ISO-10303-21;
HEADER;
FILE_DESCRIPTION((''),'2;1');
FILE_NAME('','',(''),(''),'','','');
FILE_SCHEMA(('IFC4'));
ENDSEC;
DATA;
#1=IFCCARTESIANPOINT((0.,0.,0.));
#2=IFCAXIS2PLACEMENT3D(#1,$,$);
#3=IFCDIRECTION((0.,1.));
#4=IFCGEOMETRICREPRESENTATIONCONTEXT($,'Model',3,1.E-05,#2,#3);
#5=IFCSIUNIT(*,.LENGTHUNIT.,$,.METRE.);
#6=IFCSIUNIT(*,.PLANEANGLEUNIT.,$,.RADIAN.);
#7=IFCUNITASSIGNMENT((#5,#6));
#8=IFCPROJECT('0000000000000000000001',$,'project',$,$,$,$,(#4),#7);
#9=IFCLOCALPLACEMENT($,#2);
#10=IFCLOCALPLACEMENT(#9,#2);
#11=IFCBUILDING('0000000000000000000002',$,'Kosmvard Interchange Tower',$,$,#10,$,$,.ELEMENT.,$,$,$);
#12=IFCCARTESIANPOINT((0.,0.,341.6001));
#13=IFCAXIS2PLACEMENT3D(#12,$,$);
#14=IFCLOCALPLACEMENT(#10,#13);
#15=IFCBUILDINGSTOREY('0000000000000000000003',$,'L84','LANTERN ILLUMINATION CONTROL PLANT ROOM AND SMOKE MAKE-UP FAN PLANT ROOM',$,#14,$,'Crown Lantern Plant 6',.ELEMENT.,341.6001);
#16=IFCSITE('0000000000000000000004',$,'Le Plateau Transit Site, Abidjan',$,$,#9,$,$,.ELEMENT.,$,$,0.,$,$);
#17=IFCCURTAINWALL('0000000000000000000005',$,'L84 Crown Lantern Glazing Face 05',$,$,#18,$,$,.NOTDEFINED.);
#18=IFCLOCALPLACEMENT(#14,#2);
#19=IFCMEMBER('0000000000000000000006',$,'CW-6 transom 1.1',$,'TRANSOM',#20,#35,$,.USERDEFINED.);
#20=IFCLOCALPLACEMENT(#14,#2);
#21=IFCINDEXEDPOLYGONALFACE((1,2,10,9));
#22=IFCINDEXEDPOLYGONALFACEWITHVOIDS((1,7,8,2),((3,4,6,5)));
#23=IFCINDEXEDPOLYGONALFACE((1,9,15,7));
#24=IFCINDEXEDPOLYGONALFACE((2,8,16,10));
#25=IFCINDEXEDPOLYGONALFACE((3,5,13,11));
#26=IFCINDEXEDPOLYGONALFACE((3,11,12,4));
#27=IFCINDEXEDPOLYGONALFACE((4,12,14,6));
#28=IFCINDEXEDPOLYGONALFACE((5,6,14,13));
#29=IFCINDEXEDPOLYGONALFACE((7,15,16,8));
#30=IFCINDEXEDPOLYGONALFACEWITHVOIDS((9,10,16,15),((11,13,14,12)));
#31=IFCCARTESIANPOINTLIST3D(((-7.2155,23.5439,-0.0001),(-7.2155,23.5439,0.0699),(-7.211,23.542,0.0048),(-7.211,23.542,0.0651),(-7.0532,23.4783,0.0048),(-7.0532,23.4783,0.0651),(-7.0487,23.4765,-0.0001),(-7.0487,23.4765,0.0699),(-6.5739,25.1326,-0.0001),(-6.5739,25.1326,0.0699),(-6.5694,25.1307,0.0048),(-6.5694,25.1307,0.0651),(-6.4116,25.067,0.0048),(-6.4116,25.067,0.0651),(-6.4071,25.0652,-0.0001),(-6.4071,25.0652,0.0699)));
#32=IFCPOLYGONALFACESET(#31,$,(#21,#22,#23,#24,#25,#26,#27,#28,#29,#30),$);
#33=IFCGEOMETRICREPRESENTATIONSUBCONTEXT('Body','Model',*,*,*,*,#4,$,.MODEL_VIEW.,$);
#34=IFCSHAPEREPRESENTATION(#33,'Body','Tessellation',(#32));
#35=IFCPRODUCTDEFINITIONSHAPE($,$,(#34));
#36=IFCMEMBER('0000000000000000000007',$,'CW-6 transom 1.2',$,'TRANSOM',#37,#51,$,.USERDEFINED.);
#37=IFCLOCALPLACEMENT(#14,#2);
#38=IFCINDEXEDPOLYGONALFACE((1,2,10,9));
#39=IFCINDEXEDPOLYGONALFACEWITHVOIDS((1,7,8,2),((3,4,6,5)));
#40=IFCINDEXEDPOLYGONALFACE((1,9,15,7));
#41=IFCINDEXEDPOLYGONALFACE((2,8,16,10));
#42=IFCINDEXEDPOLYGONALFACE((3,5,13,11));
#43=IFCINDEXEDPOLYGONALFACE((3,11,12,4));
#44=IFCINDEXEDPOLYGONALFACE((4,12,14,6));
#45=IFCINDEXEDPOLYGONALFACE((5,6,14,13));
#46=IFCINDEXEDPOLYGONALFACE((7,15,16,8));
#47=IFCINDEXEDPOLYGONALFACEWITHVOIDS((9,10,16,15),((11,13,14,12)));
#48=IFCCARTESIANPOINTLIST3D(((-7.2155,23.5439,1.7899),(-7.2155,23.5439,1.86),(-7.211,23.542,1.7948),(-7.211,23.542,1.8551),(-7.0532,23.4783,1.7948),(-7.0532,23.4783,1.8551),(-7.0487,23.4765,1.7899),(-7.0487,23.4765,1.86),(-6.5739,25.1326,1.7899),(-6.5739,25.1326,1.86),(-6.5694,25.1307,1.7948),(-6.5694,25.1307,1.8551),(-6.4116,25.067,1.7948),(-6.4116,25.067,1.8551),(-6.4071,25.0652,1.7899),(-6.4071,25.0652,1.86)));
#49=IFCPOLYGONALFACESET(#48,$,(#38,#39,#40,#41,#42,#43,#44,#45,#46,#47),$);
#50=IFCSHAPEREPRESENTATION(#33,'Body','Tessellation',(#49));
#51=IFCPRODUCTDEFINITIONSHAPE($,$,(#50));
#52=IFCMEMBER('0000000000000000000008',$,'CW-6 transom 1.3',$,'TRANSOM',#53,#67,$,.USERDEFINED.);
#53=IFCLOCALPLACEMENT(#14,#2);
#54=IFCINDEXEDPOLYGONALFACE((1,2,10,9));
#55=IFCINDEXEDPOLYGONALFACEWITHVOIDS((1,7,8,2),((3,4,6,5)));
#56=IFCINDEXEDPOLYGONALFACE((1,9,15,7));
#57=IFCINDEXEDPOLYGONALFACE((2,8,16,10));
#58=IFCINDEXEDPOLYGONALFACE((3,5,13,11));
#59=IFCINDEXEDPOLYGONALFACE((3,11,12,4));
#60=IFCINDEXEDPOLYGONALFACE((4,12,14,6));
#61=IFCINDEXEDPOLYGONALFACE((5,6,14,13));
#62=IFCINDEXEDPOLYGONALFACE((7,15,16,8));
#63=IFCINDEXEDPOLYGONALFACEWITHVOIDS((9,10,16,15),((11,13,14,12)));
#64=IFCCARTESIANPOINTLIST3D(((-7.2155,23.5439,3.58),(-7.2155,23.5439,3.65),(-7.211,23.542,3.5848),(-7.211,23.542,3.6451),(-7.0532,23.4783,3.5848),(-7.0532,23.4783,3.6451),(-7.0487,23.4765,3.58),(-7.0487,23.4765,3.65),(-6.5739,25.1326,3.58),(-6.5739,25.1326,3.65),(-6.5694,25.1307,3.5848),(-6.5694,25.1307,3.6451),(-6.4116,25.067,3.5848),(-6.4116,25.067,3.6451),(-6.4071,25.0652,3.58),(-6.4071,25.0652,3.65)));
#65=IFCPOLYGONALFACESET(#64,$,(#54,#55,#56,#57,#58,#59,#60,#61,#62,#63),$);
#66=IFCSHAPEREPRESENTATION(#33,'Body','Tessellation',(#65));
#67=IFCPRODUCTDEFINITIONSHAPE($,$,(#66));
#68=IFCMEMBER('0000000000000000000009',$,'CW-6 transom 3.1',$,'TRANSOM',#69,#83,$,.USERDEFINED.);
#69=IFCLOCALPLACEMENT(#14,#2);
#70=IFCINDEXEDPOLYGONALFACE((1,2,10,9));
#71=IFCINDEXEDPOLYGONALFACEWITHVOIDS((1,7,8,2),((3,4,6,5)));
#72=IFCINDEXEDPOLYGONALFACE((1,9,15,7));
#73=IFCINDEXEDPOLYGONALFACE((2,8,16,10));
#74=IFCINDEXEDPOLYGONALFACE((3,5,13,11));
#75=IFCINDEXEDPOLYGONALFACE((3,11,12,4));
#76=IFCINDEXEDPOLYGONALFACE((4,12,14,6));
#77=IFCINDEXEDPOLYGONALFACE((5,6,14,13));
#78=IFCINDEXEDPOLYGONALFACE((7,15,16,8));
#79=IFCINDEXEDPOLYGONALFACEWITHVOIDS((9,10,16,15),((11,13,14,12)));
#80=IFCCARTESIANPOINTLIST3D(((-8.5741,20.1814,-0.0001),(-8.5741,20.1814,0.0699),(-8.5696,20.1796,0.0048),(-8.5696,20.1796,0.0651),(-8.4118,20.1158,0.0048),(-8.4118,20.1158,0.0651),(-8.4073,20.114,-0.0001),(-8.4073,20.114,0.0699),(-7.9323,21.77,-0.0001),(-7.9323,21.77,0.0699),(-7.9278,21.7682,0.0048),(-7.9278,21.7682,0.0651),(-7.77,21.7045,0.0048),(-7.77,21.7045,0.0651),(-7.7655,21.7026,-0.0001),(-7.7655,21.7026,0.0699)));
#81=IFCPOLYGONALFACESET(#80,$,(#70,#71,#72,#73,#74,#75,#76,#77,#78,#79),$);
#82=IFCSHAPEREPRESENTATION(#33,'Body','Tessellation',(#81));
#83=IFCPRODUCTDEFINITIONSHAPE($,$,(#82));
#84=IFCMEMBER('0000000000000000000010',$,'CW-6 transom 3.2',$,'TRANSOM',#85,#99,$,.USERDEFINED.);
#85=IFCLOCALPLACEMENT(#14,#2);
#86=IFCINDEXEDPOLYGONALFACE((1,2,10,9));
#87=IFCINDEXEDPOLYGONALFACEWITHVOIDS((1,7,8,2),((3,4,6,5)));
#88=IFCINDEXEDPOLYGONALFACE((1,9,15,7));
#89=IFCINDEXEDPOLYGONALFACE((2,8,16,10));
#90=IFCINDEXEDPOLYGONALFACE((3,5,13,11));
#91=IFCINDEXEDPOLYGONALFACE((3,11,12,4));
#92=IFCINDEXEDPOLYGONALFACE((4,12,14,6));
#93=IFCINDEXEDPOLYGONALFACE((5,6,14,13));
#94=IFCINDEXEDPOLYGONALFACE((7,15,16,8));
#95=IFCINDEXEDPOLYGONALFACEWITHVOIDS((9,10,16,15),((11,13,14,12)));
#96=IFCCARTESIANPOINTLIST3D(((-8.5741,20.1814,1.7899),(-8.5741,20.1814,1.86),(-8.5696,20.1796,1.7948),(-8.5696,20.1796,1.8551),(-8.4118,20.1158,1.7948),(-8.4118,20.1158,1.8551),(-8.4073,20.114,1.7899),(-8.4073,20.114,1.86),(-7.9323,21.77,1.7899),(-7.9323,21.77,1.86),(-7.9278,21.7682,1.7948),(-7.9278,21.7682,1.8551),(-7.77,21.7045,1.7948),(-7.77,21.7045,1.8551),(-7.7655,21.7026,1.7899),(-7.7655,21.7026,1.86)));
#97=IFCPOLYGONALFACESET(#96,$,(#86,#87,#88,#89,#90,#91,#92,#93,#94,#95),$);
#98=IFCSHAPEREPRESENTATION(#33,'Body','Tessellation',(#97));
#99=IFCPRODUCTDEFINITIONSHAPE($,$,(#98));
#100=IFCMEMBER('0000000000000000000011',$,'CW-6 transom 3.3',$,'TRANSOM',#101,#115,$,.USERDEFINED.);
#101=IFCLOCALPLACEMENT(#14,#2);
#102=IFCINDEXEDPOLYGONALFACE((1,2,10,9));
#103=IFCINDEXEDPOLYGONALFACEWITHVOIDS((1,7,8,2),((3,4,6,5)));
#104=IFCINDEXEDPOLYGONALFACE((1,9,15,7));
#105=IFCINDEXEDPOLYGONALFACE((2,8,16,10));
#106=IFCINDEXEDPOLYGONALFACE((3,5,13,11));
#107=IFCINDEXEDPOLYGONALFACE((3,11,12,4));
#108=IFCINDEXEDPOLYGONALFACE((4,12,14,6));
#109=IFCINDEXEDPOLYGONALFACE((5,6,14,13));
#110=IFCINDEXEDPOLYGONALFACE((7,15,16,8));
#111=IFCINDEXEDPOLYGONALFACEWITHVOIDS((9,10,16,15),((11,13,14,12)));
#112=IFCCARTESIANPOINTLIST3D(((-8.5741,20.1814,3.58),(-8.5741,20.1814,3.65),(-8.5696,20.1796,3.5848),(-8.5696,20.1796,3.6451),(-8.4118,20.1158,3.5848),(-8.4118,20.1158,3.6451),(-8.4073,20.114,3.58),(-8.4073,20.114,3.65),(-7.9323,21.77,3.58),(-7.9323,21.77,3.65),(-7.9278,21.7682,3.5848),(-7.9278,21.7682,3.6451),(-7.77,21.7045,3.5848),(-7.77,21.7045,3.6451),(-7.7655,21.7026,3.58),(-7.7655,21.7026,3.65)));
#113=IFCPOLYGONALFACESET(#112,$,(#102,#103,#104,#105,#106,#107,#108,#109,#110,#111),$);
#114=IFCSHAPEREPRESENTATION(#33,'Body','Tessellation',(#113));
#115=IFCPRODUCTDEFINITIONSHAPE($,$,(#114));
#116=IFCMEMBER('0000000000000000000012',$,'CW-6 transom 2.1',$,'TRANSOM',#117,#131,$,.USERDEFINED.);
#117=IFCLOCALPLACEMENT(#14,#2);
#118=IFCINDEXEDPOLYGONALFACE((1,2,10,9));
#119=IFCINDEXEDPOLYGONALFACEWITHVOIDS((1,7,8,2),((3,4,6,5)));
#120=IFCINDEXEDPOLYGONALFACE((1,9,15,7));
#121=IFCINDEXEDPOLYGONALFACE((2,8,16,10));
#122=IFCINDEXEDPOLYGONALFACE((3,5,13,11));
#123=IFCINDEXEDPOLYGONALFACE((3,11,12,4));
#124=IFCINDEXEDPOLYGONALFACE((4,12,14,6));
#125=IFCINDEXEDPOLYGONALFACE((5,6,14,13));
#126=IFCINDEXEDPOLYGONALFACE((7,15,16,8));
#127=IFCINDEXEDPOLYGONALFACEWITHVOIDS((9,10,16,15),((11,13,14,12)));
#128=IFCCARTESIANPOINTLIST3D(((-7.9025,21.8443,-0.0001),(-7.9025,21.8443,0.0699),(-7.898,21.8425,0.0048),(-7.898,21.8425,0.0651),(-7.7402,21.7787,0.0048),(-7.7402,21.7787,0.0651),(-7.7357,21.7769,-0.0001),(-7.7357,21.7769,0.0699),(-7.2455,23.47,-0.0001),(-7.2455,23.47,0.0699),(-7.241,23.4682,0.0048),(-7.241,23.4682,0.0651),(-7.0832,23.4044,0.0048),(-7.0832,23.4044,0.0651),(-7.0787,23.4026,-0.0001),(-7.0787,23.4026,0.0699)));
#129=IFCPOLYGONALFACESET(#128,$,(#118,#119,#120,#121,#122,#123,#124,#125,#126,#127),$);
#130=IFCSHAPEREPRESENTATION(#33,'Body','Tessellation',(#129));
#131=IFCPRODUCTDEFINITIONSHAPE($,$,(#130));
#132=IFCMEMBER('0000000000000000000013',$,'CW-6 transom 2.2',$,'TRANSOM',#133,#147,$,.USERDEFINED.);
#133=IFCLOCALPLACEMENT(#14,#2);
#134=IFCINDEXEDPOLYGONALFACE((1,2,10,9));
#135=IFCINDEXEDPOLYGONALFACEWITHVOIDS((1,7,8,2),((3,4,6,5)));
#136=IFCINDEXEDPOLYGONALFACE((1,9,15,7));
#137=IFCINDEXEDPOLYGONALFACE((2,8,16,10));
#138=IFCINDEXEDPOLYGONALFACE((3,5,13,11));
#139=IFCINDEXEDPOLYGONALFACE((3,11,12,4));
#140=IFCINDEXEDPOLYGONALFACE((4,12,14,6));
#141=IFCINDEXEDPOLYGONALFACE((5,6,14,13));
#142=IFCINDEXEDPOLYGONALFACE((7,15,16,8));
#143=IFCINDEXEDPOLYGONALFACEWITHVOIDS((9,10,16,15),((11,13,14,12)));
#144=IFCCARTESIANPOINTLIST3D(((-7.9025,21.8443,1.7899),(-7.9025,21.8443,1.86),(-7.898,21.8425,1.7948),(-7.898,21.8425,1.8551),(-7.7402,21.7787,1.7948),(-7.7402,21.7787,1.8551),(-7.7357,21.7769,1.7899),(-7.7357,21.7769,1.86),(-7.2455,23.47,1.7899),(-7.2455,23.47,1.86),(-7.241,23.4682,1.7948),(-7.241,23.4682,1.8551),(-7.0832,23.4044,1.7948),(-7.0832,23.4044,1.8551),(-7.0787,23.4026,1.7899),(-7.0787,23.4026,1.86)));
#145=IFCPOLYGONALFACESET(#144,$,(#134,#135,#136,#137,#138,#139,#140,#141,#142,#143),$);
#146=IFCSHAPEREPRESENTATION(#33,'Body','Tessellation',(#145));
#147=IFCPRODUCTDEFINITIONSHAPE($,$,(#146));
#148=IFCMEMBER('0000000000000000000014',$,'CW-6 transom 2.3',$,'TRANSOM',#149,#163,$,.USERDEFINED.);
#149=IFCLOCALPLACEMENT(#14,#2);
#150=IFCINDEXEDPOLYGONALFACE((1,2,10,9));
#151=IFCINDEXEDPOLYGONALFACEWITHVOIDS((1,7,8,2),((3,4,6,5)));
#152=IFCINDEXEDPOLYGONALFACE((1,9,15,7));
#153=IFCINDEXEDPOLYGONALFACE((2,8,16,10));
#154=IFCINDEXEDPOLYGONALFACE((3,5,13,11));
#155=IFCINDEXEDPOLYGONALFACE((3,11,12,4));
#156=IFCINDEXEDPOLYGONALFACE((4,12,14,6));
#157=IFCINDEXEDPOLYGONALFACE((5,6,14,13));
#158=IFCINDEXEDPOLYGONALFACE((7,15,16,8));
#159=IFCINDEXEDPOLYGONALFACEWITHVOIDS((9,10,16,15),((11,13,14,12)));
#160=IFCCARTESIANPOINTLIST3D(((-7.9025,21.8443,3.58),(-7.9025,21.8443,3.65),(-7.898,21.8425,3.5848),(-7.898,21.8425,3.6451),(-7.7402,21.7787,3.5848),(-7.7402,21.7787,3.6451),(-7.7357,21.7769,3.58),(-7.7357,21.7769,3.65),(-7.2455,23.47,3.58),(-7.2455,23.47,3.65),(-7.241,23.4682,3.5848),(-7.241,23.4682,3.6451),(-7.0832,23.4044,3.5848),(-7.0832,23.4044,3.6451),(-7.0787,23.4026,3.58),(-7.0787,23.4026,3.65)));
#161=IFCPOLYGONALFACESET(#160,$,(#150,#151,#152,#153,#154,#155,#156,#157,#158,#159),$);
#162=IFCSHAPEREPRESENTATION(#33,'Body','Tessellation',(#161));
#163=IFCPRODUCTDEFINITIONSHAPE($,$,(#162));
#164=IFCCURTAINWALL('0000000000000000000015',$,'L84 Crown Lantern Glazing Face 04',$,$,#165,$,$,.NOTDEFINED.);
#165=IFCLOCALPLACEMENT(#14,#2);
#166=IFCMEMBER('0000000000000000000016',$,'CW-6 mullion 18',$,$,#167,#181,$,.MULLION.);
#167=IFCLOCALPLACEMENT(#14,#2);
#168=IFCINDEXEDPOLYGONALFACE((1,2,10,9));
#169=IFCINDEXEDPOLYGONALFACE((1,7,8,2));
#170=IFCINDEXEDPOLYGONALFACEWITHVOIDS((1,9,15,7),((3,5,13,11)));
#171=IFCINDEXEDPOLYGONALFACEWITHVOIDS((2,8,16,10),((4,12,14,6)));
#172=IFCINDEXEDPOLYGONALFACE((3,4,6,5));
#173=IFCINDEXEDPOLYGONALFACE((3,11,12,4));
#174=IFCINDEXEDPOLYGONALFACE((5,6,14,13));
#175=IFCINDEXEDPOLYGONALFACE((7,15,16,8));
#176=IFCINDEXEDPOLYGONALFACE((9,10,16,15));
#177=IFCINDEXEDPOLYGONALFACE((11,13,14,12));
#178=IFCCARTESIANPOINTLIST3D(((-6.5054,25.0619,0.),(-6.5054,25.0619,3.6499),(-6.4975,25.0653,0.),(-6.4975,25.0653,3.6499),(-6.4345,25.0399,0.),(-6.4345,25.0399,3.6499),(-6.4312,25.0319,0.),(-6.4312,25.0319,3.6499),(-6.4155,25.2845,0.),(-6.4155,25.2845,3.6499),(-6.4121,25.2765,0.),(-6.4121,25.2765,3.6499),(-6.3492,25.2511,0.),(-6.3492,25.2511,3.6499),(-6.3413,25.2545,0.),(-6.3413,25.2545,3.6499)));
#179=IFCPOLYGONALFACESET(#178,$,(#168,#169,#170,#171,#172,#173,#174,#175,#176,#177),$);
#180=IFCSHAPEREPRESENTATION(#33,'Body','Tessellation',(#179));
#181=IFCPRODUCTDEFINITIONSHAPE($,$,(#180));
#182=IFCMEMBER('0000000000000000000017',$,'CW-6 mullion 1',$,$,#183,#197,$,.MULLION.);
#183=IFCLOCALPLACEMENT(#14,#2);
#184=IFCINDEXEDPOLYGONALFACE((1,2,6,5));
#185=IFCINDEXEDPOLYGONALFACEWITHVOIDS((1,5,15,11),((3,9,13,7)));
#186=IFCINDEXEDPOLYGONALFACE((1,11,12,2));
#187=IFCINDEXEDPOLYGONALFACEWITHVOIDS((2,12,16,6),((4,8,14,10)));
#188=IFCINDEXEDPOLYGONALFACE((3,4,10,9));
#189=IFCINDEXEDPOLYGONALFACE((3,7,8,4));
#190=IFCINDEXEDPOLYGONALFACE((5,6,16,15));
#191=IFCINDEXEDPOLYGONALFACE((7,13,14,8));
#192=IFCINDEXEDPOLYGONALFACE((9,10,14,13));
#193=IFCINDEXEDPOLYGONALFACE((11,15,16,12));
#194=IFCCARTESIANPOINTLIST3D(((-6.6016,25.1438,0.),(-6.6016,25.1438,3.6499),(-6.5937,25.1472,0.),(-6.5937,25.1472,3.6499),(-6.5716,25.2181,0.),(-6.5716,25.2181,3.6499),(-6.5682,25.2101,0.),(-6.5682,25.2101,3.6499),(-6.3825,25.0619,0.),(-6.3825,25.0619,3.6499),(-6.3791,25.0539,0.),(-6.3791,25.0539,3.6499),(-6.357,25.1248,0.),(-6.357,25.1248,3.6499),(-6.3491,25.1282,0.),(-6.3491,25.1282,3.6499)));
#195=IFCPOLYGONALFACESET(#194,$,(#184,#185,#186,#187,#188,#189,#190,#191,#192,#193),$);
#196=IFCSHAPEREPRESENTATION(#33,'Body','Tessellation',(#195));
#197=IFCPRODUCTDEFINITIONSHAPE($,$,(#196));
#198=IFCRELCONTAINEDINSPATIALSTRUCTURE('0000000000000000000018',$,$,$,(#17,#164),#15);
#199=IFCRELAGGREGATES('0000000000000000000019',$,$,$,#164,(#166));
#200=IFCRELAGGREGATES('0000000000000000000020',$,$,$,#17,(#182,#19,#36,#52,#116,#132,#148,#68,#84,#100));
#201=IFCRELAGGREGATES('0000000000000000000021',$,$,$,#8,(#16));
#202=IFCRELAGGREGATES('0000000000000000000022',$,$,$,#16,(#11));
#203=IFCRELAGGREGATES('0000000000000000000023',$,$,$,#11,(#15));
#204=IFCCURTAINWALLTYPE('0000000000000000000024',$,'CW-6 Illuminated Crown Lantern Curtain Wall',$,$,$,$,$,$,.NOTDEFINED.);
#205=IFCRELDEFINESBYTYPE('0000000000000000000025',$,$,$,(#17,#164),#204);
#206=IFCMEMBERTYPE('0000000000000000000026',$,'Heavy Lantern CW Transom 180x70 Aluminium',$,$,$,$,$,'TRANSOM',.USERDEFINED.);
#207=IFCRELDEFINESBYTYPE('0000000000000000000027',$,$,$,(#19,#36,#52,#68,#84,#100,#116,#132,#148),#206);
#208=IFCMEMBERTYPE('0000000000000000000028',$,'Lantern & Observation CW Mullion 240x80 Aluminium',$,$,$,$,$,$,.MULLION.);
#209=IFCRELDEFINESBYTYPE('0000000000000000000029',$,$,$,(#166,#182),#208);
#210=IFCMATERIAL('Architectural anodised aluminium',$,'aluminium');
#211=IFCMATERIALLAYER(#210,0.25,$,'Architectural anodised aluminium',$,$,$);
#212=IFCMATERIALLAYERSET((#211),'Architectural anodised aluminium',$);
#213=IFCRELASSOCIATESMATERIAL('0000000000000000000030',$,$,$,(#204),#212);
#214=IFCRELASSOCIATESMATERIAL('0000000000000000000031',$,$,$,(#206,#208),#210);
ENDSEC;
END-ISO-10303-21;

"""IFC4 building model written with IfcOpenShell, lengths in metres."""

from ifc_helpers import new_model, si_unit, direction, frame, origin, origin_2d, place, context, subcontext, project, spatial, hollow_rectangle, extrude, source, transform, mapped, material, layer, layer_set, material_profile, profile_set, type_object, element, aggregate, save


model = new_model("IFC4")

# Units and contexts
model_context = context("Model", 3, precision=1e-05, world=origin(), true_north=direction((0.0, 1.0)))
body_context = subcontext(model_context, "Body", "Model", "MODEL_VIEW")
ifc_project = project(units=[si_unit("LENGTHUNIT", "METRE"), si_unit("PLANEANGLEUNIT", "RADIAN")], contexts=[model_context])

# Site, building, storey
site_placement = place(None, origin())
site = spatial("IfcSite", under=ifc_project, at=site_placement, Name="Le Plateau Transit Site, Abidjan", CompositionType="ELEMENT", RefElevation=0.0)
building_placement = place(site_placement, origin())
building = spatial("IfcBuilding", under=site, at=building_placement, Name="Kosmvard Interchange Tower", CompositionType="ELEMENT")
storey_placement = place(building_placement, frame((0.0, 0.0, 341.6001)))
storey = spatial("IfcBuildingStorey", under=building, at=storey_placement, Name="L84", Description="LANTERN ILLUMINATION CONTROL PLANT ROOM AND SMOKE MAKE-UP FAN PLANT ROOM", LongName="Crown Lantern Plant 6", CompositionType="ELEMENT", Elevation=341.6001)

# Curtain wall, members
ifc_material_1 = material(Name="Architectural anodised aluminium", Category="aluminium")
ifc_layer_1 = layer(ifc_material_1, 0.25, Name="Architectural anodised aluminium")
ifc_layer_set_1 = layer_set([ifc_layer_1], Name="Architectural anodised aluminium")
curtain_wall_type = type_object("IfcCurtainWallType", Name="CW-6 Illuminated Crown Lantern Curtain Wall", PredefinedType="NOTDEFINED", material=ifc_layer_set_1)
curtain_wall_1_placement = place(storey_placement, origin())
curtain_wall_1 = element("IfcCurtainWall", 1, at=curtain_wall_1_placement, inside=storey, type_object=curtain_wall_type, Name="L84 Crown Lantern Glazing Face 05", PredefinedType="NOTDEFINED")
ifc_material_profile_1 = material_profile(ifc_material_1, hollow_rectangle(XDim=0.1799, YDim=0.0701, WallThickness=0.0049, at=origin_2d()), Name="CWT 180x70x5")
ifc_profile_set_1 = profile_set([ifc_material_profile_1], Name="Architectural anodised aluminium")
member_type_1 = type_object("IfcMemberType", Name="Heavy Lantern CW Transom 180x70 Aluminium", ElementType="TRANSOM", PredefinedType="USERDEFINED", material=ifc_profile_set_1)
shared_shape_1 = source(origin(), body_context, "Body", "SweptSolid", [
    extrude(hollow_rectangle(XDim=0.1799, YDim=0.0701, WallThickness=0.0049, at=origin_2d()), origin(), (0.0, 0.0, 1.0), 1.7134),
])
member_1_placement = place(storey_placement, frame((-6.4905, 25.0989, 0.0349), z_axis=(-0.374484, -0.927233, 0.0), x_axis=(0.927233, -0.374484, 0.0)))
member_1 = element("IfcMember", 2, at=member_1_placement, type_object=member_type_1, Name="CW-6 transom 1.1", ObjectType="TRANSOM", PredefinedType="USERDEFINED", context=body_context, shape_type="MappedRepresentation", body=[
    mapped(shared_shape_1, transform((0.0, 0.0, 0.0), scale=1.0)),
])
member_2_placement = place(storey_placement, frame((-6.4905, 25.0989, 1.825), z_axis=(-0.374484, -0.927233, 0.0), x_axis=(0.927233, -0.374484, 0.0)))
member_2 = element("IfcMember", 3, at=member_2_placement, type_object=member_type_1, Name="CW-6 transom 1.2", ObjectType="TRANSOM", PredefinedType="USERDEFINED", context=body_context, shape_type="MappedRepresentation", body=[
    mapped(shared_shape_1, transform((0.0, 0.0, 0.0), scale=1.0)),
])
member_3_placement = place(storey_placement, frame((-6.4905, 25.0989, 3.615), z_axis=(-0.374484, -0.927233, 0.0), x_axis=(0.927233, -0.374484, 0.0)))
member_3 = element("IfcMember", 4, at=member_3_placement, type_object=member_type_1, Name="CW-6 transom 1.3", ObjectType="TRANSOM", PredefinedType="USERDEFINED", context=body_context, shape_type="MappedRepresentation", body=[
    mapped(shared_shape_1, transform((0.0, 0.0, 0.0), scale=1.0)),
])
member_4_placement = place(storey_placement, frame((-7.8489, 21.7363, 0.0349), z_axis=(-0.374607, -0.927184, 0.0), x_axis=(0.927184, -0.374607, 0.0)))
member_4 = element("IfcMember", 5, at=member_4_placement, type_object=member_type_1, Name="CW-6 transom 3.1", ObjectType="TRANSOM", PredefinedType="USERDEFINED", context=body_context, shape_type="MappedRepresentation", body=[
    mapped(shared_shape_1, transform((0.0, 0.0, 0.0), scale=1.0)),
])
member_5_placement = place(storey_placement, frame((-7.8489, 21.7363, 1.825), z_axis=(-0.374607, -0.927184, 0.0), x_axis=(0.927184, -0.374607, 0.0)))
member_5 = element("IfcMember", 6, at=member_5_placement, type_object=member_type_1, Name="CW-6 transom 3.2", ObjectType="TRANSOM", PredefinedType="USERDEFINED", context=body_context, shape_type="MappedRepresentation", body=[
    mapped(shared_shape_1, transform((0.0, 0.0, 0.0), scale=1.0)),
])
member_6_placement = place(storey_placement, frame((-7.8489, 21.7363, 3.615), z_axis=(-0.374607, -0.927184, 0.0), x_axis=(0.927184, -0.374607, 0.0)))
member_6 = element("IfcMember", 7, at=member_6_placement, type_object=member_type_1, Name="CW-6 transom 3.3", ObjectType="TRANSOM", PredefinedType="USERDEFINED", context=body_context, shape_type="MappedRepresentation", body=[
    mapped(shared_shape_1, transform((0.0, 0.0, 0.0), scale=1.0)),
])
shared_shape_2 = source(origin(), body_context, "Body", "SweptSolid", [
    extrude(hollow_rectangle(XDim=0.1799, YDim=0.0701, WallThickness=0.0049, at=origin_2d()), origin(), (0.0, 0.0, 1.0), 1.7534),
])
member_7_placement = place(storey_placement, frame((-7.1621, 23.4363, 0.0349), z_axis=(-0.374677, -0.927155, 0.0), x_axis=(0.927155, -0.374677, 0.0)))
member_7 = element("IfcMember", 8, at=member_7_placement, type_object=member_type_1, Name="CW-6 transom 2.1", ObjectType="TRANSOM", PredefinedType="USERDEFINED", context=body_context, shape_type="MappedRepresentation", body=[
    mapped(shared_shape_2, transform((0.0, 0.0, 0.0), scale=1.0)),
])
member_8_placement = place(storey_placement, frame((-7.1621, 23.4363, 1.825), z_axis=(-0.374677, -0.927155, 0.0), x_axis=(0.927155, -0.374677, 0.0)))
member_8 = element("IfcMember", 9, at=member_8_placement, type_object=member_type_1, Name="CW-6 transom 2.2", ObjectType="TRANSOM", PredefinedType="USERDEFINED", context=body_context, shape_type="MappedRepresentation", body=[
    mapped(shared_shape_2, transform((0.0, 0.0, 0.0), scale=1.0)),
])
member_9_placement = place(storey_placement, frame((-7.1621, 23.4363, 3.615), z_axis=(-0.374677, -0.927155, 0.0), x_axis=(0.927155, -0.374677, 0.0)))
member_9 = element("IfcMember", 10, at=member_9_placement, type_object=member_type_1, Name="CW-6 transom 2.3", ObjectType="TRANSOM", PredefinedType="USERDEFINED", context=body_context, shape_type="MappedRepresentation", body=[
    mapped(shared_shape_2, transform((0.0, 0.0, 0.0), scale=1.0)),
])

# Curtain wall, member
curtain_wall_2_placement = place(storey_placement, origin())
curtain_wall_2 = element("IfcCurtainWall", 11, at=curtain_wall_2_placement, inside=storey, type_object=curtain_wall_type, Name="L84 Crown Lantern Glazing Face 04", PredefinedType="NOTDEFINED")
ifc_material_profile_2 = material_profile(ifc_material_1, hollow_rectangle(XDim=0.24, YDim=0.0801, WallThickness=0.0061, at=origin_2d()), Name="CWM 240x80x6")
ifc_profile_set_2 = profile_set([ifc_material_profile_2], Name="Architectural anodised aluminium")
member_type_2 = type_object("IfcMemberType", Name="Lantern & Observation CW Mullion 240x80 Aluminium", PredefinedType="MULLION", material=ifc_profile_set_2)
shared_shape_3 = source(origin(), body_context, "Body", "SweptSolid", [
    extrude(hollow_rectangle(XDim=0.24, YDim=0.0801, WallThickness=0.0061, at=origin_2d()), origin(), (0.0, 0.0, 1.0), 3.6499),
])
member_10_placement = place(storey_placement, frame((-6.4233, 25.1582, 0.0), z_axis=(0.0, 0.0, 1.0), x_axis=(-0.374607, -0.927184, 0.0)))
member_10 = element("IfcMember", 12, at=member_10_placement, type_object=member_type_2, Name="CW-6 mullion 18", PredefinedType="MULLION", context=body_context, shape_type="MappedRepresentation", body=[
    mapped(shared_shape_3, transform((0.0, 0.0, 0.0), scale=1.0)),
])

# Member
member_11_placement = place(storey_placement, frame((-6.4753, 25.136, 0.0), z_axis=(0.0, 0.0, 1.0), x_axis=(0.927184, -0.374607, 0.0)))
member_11 = element("IfcMember", 13, at=member_11_placement, type_object=member_type_2, Name="CW-6 mullion 1", PredefinedType="MULLION", context=body_context, shape_type="MappedRepresentation", body=[
    mapped(shared_shape_3, transform((0.0, 0.0, 0.0), scale=1.0)),
])

aggregate(curtain_wall_2, [member_10])
aggregate(curtain_wall_1, [member_11, member_1, member_2, member_3, member_7, member_8, member_9, member_4, member_5, member_6])

save(model, "model.ifc")
